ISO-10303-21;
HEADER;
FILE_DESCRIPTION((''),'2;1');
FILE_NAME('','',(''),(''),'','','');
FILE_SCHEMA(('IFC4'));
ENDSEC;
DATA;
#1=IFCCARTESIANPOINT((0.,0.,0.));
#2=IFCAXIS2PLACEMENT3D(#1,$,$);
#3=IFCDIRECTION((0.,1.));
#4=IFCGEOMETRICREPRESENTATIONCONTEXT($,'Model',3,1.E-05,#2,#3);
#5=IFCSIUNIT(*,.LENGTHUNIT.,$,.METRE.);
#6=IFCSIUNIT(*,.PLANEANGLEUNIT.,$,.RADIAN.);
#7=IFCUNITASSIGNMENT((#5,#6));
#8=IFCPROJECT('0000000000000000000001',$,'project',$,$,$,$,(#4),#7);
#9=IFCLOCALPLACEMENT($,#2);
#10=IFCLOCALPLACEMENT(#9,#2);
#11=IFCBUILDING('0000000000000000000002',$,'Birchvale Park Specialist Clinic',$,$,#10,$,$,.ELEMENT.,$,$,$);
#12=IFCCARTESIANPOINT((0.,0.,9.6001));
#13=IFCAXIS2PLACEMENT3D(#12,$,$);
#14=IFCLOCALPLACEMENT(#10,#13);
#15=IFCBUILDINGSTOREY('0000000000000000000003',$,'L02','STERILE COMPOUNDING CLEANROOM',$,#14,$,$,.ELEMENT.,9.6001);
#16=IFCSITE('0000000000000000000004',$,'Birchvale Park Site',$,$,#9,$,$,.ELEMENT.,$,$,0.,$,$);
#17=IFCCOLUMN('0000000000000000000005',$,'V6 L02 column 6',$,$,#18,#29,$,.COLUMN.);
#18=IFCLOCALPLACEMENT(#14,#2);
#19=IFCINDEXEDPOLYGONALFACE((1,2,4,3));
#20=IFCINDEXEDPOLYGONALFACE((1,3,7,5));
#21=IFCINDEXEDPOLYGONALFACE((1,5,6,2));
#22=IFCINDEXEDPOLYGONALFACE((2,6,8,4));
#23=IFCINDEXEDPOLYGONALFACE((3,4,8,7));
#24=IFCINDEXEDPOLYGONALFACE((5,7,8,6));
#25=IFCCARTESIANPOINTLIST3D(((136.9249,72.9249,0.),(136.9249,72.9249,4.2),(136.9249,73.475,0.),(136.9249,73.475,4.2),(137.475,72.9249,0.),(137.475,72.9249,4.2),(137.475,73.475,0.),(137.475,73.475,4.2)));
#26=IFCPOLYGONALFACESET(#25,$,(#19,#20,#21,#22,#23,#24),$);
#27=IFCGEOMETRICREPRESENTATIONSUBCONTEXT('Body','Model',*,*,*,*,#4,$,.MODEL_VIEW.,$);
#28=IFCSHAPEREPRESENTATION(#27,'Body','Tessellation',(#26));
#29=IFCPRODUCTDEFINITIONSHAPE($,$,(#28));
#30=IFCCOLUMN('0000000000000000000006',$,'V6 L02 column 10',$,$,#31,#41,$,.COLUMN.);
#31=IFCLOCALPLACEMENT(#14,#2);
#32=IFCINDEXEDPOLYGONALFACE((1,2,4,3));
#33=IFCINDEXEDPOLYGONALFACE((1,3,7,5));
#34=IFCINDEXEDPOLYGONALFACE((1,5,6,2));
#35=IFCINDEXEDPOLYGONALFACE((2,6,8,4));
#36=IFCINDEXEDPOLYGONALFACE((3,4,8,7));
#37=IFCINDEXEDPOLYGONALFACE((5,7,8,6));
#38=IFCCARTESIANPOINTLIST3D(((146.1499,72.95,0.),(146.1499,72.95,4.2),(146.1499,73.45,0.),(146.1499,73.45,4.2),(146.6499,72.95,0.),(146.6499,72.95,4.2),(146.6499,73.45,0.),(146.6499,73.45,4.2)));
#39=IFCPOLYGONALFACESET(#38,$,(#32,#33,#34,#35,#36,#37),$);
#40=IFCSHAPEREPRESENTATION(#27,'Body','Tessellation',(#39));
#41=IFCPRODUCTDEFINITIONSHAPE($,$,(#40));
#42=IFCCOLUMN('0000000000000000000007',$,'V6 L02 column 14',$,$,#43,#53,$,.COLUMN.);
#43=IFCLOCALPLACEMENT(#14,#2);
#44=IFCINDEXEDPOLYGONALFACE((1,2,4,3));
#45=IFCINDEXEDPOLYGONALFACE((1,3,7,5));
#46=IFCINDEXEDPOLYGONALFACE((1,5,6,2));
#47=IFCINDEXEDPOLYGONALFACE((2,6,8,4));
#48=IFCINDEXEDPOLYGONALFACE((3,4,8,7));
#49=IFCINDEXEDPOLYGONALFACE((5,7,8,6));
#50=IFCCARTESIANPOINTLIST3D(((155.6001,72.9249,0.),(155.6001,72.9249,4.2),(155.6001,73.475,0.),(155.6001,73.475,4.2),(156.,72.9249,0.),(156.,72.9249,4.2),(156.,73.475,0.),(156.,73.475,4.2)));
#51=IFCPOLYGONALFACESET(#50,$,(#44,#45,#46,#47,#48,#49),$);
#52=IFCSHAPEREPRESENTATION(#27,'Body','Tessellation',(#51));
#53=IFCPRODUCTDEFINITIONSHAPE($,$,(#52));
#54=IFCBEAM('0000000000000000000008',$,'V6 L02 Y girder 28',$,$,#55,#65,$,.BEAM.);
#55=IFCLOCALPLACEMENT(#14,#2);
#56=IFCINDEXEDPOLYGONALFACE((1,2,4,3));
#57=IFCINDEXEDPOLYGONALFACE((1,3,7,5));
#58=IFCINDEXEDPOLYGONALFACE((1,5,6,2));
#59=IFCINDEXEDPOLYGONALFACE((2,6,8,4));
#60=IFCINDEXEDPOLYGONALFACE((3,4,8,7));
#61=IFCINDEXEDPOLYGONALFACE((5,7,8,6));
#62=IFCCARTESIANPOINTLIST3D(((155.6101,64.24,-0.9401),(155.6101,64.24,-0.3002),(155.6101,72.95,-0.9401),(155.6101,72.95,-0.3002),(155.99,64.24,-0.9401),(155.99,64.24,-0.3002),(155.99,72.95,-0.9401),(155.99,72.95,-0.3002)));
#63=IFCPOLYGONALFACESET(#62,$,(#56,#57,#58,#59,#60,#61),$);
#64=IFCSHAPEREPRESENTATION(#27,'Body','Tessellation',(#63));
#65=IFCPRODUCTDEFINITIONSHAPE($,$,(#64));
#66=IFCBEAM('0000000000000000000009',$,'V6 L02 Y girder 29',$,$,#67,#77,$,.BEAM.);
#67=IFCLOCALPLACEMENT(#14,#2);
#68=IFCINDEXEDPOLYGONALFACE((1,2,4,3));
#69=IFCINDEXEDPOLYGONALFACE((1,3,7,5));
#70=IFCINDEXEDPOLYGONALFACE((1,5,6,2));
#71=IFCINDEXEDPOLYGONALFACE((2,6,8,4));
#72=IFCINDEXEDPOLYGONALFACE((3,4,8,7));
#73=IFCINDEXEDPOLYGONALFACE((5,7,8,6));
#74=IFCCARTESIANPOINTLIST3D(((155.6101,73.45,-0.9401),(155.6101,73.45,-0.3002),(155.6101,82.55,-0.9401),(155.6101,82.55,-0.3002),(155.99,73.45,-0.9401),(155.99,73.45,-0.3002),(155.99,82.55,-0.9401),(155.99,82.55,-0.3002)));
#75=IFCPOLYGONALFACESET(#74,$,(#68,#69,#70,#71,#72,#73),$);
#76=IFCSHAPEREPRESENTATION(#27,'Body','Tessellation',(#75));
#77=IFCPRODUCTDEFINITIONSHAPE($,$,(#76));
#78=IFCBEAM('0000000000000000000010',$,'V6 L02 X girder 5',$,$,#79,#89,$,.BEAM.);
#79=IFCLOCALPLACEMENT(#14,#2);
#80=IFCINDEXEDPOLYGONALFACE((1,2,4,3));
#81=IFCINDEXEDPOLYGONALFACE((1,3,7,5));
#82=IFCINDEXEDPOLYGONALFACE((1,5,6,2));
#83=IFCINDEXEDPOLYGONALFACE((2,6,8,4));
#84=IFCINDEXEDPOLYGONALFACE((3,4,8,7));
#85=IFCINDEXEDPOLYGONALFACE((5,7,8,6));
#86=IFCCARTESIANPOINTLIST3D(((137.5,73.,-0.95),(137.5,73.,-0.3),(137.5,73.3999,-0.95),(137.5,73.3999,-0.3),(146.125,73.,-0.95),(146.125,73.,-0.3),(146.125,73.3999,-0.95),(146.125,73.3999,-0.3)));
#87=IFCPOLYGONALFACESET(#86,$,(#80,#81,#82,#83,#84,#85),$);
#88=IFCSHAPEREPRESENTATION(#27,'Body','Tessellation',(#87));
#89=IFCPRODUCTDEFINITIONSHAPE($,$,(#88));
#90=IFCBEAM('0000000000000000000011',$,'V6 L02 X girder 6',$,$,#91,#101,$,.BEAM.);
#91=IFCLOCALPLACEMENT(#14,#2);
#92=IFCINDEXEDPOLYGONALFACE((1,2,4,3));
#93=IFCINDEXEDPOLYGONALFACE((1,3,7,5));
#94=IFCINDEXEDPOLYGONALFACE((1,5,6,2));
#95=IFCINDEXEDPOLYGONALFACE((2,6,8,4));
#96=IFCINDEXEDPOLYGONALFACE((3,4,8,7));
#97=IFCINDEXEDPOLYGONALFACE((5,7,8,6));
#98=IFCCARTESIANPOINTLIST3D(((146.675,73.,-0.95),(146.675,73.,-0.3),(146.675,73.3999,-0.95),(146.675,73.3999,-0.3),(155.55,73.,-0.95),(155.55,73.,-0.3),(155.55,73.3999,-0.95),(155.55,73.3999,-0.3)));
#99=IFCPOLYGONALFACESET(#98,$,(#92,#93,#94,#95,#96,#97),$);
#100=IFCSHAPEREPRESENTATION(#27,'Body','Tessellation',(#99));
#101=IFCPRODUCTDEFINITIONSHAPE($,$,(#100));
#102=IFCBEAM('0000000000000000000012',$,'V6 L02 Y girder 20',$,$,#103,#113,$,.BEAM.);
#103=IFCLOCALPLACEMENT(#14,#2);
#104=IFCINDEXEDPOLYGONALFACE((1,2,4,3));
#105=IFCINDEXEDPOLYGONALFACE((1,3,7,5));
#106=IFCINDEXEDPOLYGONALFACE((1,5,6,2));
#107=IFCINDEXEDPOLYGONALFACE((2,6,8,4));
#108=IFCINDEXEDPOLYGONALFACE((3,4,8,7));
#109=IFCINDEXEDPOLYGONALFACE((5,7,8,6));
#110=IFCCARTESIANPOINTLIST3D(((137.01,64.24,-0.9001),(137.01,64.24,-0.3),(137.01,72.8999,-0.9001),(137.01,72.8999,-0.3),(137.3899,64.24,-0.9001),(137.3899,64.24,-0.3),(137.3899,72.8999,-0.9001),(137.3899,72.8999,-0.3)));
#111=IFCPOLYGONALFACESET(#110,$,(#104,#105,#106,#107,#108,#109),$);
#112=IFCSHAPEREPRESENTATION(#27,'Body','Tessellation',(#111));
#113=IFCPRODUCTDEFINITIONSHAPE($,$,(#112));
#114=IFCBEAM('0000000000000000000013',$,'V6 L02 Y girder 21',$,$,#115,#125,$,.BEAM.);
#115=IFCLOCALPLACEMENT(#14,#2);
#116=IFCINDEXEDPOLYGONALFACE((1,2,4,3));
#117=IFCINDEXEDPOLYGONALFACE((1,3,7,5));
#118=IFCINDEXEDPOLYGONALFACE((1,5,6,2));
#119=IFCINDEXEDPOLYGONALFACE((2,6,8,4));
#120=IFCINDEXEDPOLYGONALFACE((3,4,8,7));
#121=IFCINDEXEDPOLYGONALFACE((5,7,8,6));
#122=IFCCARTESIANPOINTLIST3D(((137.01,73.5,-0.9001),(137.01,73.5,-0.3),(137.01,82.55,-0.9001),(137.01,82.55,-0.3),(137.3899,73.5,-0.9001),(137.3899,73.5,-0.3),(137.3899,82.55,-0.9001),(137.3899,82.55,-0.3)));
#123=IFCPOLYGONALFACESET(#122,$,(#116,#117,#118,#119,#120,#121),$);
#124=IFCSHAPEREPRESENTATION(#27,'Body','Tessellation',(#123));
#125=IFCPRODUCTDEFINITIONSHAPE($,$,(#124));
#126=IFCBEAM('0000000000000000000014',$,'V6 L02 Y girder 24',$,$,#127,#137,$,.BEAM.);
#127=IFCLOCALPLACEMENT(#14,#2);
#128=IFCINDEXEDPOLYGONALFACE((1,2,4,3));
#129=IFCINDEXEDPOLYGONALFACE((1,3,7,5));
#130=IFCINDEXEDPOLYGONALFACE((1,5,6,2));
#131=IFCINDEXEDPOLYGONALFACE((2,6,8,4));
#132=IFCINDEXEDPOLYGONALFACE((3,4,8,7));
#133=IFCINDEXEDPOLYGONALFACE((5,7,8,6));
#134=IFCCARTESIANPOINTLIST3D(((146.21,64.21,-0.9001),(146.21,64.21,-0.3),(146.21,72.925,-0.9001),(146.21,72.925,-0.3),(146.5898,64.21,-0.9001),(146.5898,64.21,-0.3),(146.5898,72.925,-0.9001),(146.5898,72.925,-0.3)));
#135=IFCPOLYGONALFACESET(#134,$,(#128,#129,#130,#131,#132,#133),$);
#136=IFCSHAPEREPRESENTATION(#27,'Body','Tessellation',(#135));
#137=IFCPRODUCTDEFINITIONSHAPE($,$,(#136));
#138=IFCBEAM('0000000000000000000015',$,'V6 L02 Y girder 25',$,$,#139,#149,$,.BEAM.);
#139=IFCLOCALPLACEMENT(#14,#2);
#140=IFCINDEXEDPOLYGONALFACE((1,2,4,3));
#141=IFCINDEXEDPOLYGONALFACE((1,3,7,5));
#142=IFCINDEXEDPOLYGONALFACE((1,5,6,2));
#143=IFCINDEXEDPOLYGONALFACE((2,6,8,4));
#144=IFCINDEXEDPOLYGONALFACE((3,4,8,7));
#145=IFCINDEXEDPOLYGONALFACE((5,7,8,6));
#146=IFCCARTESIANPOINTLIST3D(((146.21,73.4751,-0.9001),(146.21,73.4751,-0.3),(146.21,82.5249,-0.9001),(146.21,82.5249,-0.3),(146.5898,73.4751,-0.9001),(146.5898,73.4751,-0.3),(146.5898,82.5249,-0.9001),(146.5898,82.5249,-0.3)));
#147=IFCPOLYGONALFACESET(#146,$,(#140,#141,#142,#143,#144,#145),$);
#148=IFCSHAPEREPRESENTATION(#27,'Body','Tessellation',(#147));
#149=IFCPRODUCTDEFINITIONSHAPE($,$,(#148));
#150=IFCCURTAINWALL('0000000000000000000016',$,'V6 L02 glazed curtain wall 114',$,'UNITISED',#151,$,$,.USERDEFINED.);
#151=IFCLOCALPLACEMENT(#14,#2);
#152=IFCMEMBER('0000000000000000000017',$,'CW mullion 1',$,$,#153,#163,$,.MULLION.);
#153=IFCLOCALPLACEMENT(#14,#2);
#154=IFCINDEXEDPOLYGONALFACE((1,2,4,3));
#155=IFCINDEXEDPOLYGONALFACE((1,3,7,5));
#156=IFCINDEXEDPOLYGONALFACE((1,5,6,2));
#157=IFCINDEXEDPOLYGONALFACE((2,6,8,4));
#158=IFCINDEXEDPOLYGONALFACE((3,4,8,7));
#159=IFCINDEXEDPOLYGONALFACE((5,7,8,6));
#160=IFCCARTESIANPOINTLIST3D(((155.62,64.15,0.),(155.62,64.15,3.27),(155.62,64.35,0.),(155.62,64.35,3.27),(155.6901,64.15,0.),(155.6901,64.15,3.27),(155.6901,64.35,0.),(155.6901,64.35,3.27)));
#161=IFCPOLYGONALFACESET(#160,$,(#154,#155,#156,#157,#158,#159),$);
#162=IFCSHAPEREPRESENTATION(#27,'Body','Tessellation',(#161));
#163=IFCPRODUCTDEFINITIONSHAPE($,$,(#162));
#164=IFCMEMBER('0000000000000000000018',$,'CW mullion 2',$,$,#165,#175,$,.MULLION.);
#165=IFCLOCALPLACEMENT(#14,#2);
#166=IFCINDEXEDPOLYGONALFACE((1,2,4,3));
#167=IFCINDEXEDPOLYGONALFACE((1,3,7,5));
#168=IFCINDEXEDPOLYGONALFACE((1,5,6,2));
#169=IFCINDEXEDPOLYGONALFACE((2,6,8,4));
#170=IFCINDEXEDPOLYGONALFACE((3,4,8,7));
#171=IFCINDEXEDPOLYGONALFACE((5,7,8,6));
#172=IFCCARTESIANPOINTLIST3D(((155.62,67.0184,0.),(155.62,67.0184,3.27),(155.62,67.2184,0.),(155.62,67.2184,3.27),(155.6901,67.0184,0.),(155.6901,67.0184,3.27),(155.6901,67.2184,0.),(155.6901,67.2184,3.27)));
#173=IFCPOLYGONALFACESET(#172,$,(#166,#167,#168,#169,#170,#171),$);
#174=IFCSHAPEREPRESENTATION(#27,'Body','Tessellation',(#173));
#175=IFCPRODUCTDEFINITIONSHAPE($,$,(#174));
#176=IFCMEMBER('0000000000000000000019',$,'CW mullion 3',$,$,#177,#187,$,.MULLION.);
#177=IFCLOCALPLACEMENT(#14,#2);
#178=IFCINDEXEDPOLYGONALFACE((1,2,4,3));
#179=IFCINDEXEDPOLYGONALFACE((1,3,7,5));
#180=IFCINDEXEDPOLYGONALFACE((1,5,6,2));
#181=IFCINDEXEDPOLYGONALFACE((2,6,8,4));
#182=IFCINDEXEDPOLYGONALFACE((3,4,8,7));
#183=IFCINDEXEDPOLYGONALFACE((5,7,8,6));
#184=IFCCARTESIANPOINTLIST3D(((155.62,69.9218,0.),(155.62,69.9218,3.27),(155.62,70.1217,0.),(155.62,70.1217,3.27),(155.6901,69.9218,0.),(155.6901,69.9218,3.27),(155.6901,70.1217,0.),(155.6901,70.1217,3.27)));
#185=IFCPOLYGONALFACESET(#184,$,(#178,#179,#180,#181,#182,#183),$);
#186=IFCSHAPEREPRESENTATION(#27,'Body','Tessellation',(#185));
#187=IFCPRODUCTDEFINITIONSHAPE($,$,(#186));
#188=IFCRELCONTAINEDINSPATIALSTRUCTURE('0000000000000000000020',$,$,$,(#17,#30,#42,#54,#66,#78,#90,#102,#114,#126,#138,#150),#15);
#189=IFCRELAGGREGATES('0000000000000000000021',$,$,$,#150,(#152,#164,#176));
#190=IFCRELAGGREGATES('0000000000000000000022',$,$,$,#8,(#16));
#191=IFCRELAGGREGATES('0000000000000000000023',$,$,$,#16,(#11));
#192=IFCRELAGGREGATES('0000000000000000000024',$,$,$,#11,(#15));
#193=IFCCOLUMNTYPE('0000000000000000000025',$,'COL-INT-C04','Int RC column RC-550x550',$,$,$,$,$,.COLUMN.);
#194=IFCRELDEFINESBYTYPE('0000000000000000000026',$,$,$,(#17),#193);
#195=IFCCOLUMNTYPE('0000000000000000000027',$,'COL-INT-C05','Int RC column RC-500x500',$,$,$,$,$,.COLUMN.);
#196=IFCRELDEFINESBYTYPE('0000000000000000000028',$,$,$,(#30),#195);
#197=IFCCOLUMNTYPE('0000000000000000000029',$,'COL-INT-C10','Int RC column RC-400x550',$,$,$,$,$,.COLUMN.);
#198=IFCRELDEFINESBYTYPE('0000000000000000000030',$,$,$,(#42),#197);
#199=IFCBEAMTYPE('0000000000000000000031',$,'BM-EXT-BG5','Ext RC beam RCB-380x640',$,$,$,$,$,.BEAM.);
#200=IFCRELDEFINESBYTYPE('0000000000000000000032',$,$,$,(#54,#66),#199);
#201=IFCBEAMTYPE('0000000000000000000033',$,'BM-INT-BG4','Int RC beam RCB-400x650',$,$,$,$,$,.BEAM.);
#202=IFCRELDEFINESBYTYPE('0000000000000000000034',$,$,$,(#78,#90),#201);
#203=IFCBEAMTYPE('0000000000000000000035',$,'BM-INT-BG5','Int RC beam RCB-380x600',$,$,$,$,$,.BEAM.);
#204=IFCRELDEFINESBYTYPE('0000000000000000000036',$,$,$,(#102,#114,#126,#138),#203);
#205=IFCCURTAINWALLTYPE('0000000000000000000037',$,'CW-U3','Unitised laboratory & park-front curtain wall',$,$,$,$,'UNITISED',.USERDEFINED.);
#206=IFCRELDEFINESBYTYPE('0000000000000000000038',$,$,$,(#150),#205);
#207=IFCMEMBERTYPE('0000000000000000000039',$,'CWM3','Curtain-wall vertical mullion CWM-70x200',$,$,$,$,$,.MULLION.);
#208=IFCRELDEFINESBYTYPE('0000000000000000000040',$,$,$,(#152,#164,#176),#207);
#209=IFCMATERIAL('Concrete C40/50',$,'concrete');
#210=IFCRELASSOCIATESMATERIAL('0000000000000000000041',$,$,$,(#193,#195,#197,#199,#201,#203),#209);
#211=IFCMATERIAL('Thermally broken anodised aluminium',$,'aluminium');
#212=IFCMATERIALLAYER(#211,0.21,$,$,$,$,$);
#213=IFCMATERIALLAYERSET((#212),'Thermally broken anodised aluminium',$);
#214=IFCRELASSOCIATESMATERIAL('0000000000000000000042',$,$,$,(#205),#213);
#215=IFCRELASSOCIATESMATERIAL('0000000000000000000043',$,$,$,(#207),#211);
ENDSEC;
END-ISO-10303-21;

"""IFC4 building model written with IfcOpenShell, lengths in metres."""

from ifc_helpers import new_model, si_unit, direction, frame, origin, origin_2d, place, context, subcontext, project, spatial, rectangle, extrude, material, layer, layer_set, material_profile, profile_set, type_object, element, aggregate, save


model = new_model("IFC4")

# Units and contexts
model_context = context("Model", 3, precision=1e-05, world=origin(), true_north=direction((0.0, 1.0)))
body_context = subcontext(model_context, "Body", "Model", "MODEL_VIEW")
ifc_project = project(units=[si_unit("LENGTHUNIT", "METRE"), si_unit("PLANEANGLEUNIT", "RADIAN")], contexts=[model_context])

# Site, building, storey
site_placement = place(None, origin())
site = spatial("IfcSite", under=ifc_project, at=site_placement, Name="Birchvale Park Site", CompositionType="ELEMENT", RefElevation=0.0)
building_placement = place(site_placement, origin())
building = spatial("IfcBuilding", under=site, at=building_placement, Name="Birchvale Park Specialist Clinic", CompositionType="ELEMENT")
storey_placement = place(building_placement, frame((0.0, 0.0, 9.6001)))
storey = spatial("IfcBuildingStorey", under=building, at=storey_placement, Name="L02", Description="STERILE COMPOUNDING CLEANROOM", CompositionType="ELEMENT", Elevation=9.6001)

# Columns
ifc_material_1 = material(Name="Concrete C40/50", Category="concrete")
ifc_material_profile_1 = material_profile(ifc_material_1, rectangle(XDim=0.55, YDim=0.55, at=origin_2d()), Name="RC-550x550")
ifc_profile_set_1 = profile_set([ifc_material_profile_1], Name="Concrete C40/50")
column_type_1 = type_object("IfcColumnType", Name="COL-INT-C04", Description="Int RC column RC-550x550", PredefinedType="COLUMN", material=ifc_profile_set_1)
column_1_placement = place(storey_placement, frame((137.2, 73.2, 0.0), z_axis=(0.0, 0.0, 1.0), x_axis=(1.0, 0.0, 0.0)))
element("IfcColumn", 1, at=column_1_placement, inside=storey, type_object=column_type_1, Name="V6 L02 column 6", PredefinedType="COLUMN", context=body_context, shape_type="SweptSolid", body=[
    extrude(rectangle(XDim=0.55, YDim=0.55, at=origin_2d()), origin(), (0.0, 0.0, 1.0), 4.2),
])
ifc_material_profile_2 = material_profile(ifc_material_1, rectangle(XDim=0.5, YDim=0.5, at=origin_2d()), Name="RC-500x500")
ifc_profile_set_2 = profile_set([ifc_material_profile_2], Name="Concrete C40/50")
column_type_2 = type_object("IfcColumnType", Name="COL-INT-C05", Description="Int RC column RC-500x500", PredefinedType="COLUMN", material=ifc_profile_set_2)
column_2_placement = place(storey_placement, frame((146.3999, 73.2, 0.0), z_axis=(0.0, 0.0, 1.0), x_axis=(1.0, 0.0, 0.0)))
element("IfcColumn", 2, at=column_2_placement, inside=storey, type_object=column_type_2, Name="V6 L02 column 10", PredefinedType="COLUMN", context=body_context, shape_type="SweptSolid", body=[
    extrude(rectangle(XDim=0.5, YDim=0.5, at=origin_2d()), origin(), (0.0, 0.0, 1.0), 4.2),
])
ifc_material_profile_3 = material_profile(ifc_material_1, rectangle(XDim=0.3999, YDim=0.55, at=origin_2d()), Name="RC-400x550")
ifc_profile_set_3 = profile_set([ifc_material_profile_3], Name="Concrete C40/50")
column_type_3 = type_object("IfcColumnType", Name="COL-INT-C10", Description="Int RC column RC-400x550", PredefinedType="COLUMN", material=ifc_profile_set_3)
column_3_placement = place(storey_placement, frame((155.8, 73.2, 0.0), z_axis=(0.0, 0.0, 1.0), x_axis=(1.0, 0.0, 0.0)))
element("IfcColumn", 3, at=column_3_placement, inside=storey, type_object=column_type_3, Name="V6 L02 column 14", PredefinedType="COLUMN", context=body_context, shape_type="SweptSolid", body=[
    extrude(rectangle(XDim=0.3999, YDim=0.55, at=origin_2d()), origin(), (0.0, 0.0, 1.0), 4.2),
])

# Beams
ifc_material_profile_4 = material_profile(ifc_material_1, rectangle(XDim=0.3799, YDim=0.6399, at=origin_2d()), Name="RCB-380x640")
ifc_profile_set_4 = profile_set([ifc_material_profile_4], Name="Concrete C40/50")
beam_type_1 = type_object("IfcBeamType", Name="BM-EXT-BG5", Description="Ext RC beam RCB-380x640", PredefinedType="BEAM", material=ifc_profile_set_4)
beam_1_placement = place(storey_placement, frame((155.8, 64.24, -0.6201), z_axis=(0.0, 1.0, 0.0), x_axis=(-1.0, 0.0, 0.0)))
element("IfcBeam", 4, at=beam_1_placement, inside=storey, type_object=beam_type_1, Name="V6 L02 Y girder 28", PredefinedType="BEAM", context=body_context, shape_type="SweptSolid", body=[
    extrude(rectangle(XDim=0.3799, YDim=0.6399, at=origin_2d()), origin(), (0.0, 0.0, 1.0), 8.71),
])
beam_2_placement = place(storey_placement, frame((155.8, 73.45, -0.6201), z_axis=(0.0, 1.0, 0.0), x_axis=(-1.0, 0.0, 0.0)))
element("IfcBeam", 5, at=beam_2_placement, inside=storey, type_object=beam_type_1, Name="V6 L02 Y girder 29", PredefinedType="BEAM", context=body_context, shape_type="SweptSolid", body=[
    extrude(rectangle(XDim=0.3799, YDim=0.6399, at=origin_2d()), origin(), (0.0, 0.0, 1.0), 9.1001),
])
ifc_material_profile_5 = material_profile(ifc_material_1, rectangle(XDim=0.3999, YDim=0.6499, at=origin_2d()), Name="RCB-400x650")
ifc_profile_set_5 = profile_set([ifc_material_profile_5], Name="Concrete C40/50")
beam_type_2 = type_object("IfcBeamType", Name="BM-INT-BG4", Description="Int RC beam RCB-400x650", PredefinedType="BEAM", material=ifc_profile_set_5)
beam_3_placement = place(storey_placement, frame((137.5, 73.2, -0.625), z_axis=(1.0, 0.0, 0.0), x_axis=(0.0, 1.0, 0.0)))
element("IfcBeam", 6, at=beam_3_placement, inside=storey, type_object=beam_type_2, Name="V6 L02 X girder 5", PredefinedType="BEAM", context=body_context, shape_type="SweptSolid", body=[
    extrude(rectangle(XDim=0.3999, YDim=0.6499, at=origin_2d()), origin(), (0.0, 0.0, 1.0), 8.625),
])
beam_4_placement = place(storey_placement, frame((146.675, 73.2, -0.625), z_axis=(1.0, 0.0, 0.0), x_axis=(0.0, 1.0, 0.0)))
element("IfcBeam", 7, at=beam_4_placement, inside=storey, type_object=beam_type_2, Name="V6 L02 X girder 6", PredefinedType="BEAM", context=body_context, shape_type="SweptSolid", body=[
    extrude(rectangle(XDim=0.3999, YDim=0.6499, at=origin_2d()), origin(), (0.0, 0.0, 1.0), 8.875),
])
ifc_material_profile_6 = material_profile(ifc_material_1, rectangle(XDim=0.3799, YDim=0.6001, at=origin_2d()), Name="RCB-380x600")
ifc_profile_set_6 = profile_set([ifc_material_profile_6], Name="Concrete C40/50")
beam_type_3 = type_object("IfcBeamType", Name="BM-INT-BG5", Description="Int RC beam RCB-380x600", PredefinedType="BEAM", material=ifc_profile_set_6)
beam_5_placement = place(storey_placement, frame((137.2, 64.24, -0.6001), z_axis=(0.0, 1.0, 0.0), x_axis=(-1.0, 0.0, 0.0)))
element("IfcBeam", 8, at=beam_5_placement, inside=storey, type_object=beam_type_3, Name="V6 L02 Y girder 20", PredefinedType="BEAM", context=body_context, shape_type="SweptSolid", body=[
    extrude(rectangle(XDim=0.3799, YDim=0.6001, at=origin_2d()), origin(), (0.0, 0.0, 1.0), 8.6599),
])
beam_6_placement = place(storey_placement, frame((137.2, 73.5, -0.6001), z_axis=(0.0, 1.0, 0.0), x_axis=(-1.0, 0.0, 0.0)))
element("IfcBeam", 9, at=beam_6_placement, inside=storey, type_object=beam_type_3, Name="V6 L02 Y girder 21", PredefinedType="BEAM", context=body_context, shape_type="SweptSolid", body=[
    extrude(rectangle(XDim=0.3799, YDim=0.6001, at=origin_2d()), origin(), (0.0, 0.0, 1.0), 9.05),
])
beam_7_placement = place(storey_placement, frame((146.3999, 64.21, -0.6001), z_axis=(0.0, 1.0, 0.0), x_axis=(-1.0, 0.0, 0.0)))
element("IfcBeam", 10, at=beam_7_placement, inside=storey, type_object=beam_type_3, Name="V6 L02 Y girder 24", PredefinedType="BEAM", context=body_context, shape_type="SweptSolid", body=[
    extrude(rectangle(XDim=0.3799, YDim=0.6001, at=origin_2d()), origin(), (0.0, 0.0, 1.0), 8.7151),
])
beam_8_placement = place(storey_placement, frame((146.3999, 73.4751, -0.6001), z_axis=(0.0, 1.0, 0.0), x_axis=(-1.0, 0.0, 0.0)))
element("IfcBeam", 11, at=beam_8_placement, inside=storey, type_object=beam_type_3, Name="V6 L02 Y girder 25", PredefinedType="BEAM", context=body_context, shape_type="SweptSolid", body=[
    extrude(rectangle(XDim=0.3799, YDim=0.6001, at=origin_2d()), origin(), (0.0, 0.0, 1.0), 9.0498),
])

# Curtain wall, members
ifc_material_2 = material(Name="Thermally broken anodised aluminium", Category="aluminium")
ifc_layer_1 = layer(ifc_material_2, 0.21)
ifc_layer_set_1 = layer_set([ifc_layer_1], Name="Thermally broken anodised aluminium")
curtain_wall_type = type_object("IfcCurtainWallType", Name="CW-U3", Description="Unitised laboratory & park-front curtain wall", ElementType="UNITISED", PredefinedType="USERDEFINED", material=ifc_layer_set_1)
curtain_wall_1_placement = place(storey_placement, origin())
curtain_wall_1 = element("IfcCurtainWall", 12, at=curtain_wall_1_placement, inside=storey, type_object=curtain_wall_type, Name="V6 L02 glazed curtain wall 114", ObjectType="UNITISED", PredefinedType="USERDEFINED")
ifc_material_profile_7 = material_profile(ifc_material_2, rectangle(XDim=0.0701, YDim=0.2, at=origin_2d()), Name="CWM-70x200")
ifc_profile_set_7 = profile_set([ifc_material_profile_7], Name="Thermally broken anodised aluminium")
member_type_1 = type_object("IfcMemberType", Name="CWM3", Description="Curtain-wall vertical mullion CWM-70x200", PredefinedType="MULLION", material=ifc_profile_set_7)
member_1_placement = place(storey_placement, frame((155.655, 64.25, 0.0), z_axis=(0.0, 0.0, 1.0), x_axis=(-1.0, 0.0, 0.0)))
member_1 = element("IfcMember", 13, at=member_1_placement, type_object=member_type_1, Name="CW mullion 1", PredefinedType="MULLION", context=body_context, shape_type="SweptSolid", body=[
    extrude(rectangle(XDim=0.0701, YDim=0.2, at=origin_2d()), origin(), (0.0, 0.0, 1.0), 3.27),
])
member_2_placement = place(storey_placement, frame((155.655, 67.1184, 0.0), z_axis=(0.0, 0.0, 1.0), x_axis=(-1.0, 0.0, 0.0)))
member_2 = element("IfcMember", 14, at=member_2_placement, type_object=member_type_1, Name="CW mullion 2", PredefinedType="MULLION", context=body_context, shape_type="SweptSolid", body=[
    extrude(rectangle(XDim=0.0701, YDim=0.2, at=origin_2d()), origin(), (0.0, 0.0, 1.0), 3.27),
])
member_3_placement = place(storey_placement, frame((155.655, 70.0217, 0.0), z_axis=(0.0, 0.0, 1.0), x_axis=(-1.0, 0.0, 0.0)))
member_3 = element("IfcMember", 15, at=member_3_placement, type_object=member_type_1, Name="CW mullion 3", PredefinedType="MULLION", context=body_context, shape_type="SweptSolid", body=[
    extrude(rectangle(XDim=0.0701, YDim=0.2, at=origin_2d()), origin(), (0.0, 0.0, 1.0), 3.27),
])

aggregate(curtain_wall_1, [member_1, member_2, member_3])

save(model, "model.ifc")
